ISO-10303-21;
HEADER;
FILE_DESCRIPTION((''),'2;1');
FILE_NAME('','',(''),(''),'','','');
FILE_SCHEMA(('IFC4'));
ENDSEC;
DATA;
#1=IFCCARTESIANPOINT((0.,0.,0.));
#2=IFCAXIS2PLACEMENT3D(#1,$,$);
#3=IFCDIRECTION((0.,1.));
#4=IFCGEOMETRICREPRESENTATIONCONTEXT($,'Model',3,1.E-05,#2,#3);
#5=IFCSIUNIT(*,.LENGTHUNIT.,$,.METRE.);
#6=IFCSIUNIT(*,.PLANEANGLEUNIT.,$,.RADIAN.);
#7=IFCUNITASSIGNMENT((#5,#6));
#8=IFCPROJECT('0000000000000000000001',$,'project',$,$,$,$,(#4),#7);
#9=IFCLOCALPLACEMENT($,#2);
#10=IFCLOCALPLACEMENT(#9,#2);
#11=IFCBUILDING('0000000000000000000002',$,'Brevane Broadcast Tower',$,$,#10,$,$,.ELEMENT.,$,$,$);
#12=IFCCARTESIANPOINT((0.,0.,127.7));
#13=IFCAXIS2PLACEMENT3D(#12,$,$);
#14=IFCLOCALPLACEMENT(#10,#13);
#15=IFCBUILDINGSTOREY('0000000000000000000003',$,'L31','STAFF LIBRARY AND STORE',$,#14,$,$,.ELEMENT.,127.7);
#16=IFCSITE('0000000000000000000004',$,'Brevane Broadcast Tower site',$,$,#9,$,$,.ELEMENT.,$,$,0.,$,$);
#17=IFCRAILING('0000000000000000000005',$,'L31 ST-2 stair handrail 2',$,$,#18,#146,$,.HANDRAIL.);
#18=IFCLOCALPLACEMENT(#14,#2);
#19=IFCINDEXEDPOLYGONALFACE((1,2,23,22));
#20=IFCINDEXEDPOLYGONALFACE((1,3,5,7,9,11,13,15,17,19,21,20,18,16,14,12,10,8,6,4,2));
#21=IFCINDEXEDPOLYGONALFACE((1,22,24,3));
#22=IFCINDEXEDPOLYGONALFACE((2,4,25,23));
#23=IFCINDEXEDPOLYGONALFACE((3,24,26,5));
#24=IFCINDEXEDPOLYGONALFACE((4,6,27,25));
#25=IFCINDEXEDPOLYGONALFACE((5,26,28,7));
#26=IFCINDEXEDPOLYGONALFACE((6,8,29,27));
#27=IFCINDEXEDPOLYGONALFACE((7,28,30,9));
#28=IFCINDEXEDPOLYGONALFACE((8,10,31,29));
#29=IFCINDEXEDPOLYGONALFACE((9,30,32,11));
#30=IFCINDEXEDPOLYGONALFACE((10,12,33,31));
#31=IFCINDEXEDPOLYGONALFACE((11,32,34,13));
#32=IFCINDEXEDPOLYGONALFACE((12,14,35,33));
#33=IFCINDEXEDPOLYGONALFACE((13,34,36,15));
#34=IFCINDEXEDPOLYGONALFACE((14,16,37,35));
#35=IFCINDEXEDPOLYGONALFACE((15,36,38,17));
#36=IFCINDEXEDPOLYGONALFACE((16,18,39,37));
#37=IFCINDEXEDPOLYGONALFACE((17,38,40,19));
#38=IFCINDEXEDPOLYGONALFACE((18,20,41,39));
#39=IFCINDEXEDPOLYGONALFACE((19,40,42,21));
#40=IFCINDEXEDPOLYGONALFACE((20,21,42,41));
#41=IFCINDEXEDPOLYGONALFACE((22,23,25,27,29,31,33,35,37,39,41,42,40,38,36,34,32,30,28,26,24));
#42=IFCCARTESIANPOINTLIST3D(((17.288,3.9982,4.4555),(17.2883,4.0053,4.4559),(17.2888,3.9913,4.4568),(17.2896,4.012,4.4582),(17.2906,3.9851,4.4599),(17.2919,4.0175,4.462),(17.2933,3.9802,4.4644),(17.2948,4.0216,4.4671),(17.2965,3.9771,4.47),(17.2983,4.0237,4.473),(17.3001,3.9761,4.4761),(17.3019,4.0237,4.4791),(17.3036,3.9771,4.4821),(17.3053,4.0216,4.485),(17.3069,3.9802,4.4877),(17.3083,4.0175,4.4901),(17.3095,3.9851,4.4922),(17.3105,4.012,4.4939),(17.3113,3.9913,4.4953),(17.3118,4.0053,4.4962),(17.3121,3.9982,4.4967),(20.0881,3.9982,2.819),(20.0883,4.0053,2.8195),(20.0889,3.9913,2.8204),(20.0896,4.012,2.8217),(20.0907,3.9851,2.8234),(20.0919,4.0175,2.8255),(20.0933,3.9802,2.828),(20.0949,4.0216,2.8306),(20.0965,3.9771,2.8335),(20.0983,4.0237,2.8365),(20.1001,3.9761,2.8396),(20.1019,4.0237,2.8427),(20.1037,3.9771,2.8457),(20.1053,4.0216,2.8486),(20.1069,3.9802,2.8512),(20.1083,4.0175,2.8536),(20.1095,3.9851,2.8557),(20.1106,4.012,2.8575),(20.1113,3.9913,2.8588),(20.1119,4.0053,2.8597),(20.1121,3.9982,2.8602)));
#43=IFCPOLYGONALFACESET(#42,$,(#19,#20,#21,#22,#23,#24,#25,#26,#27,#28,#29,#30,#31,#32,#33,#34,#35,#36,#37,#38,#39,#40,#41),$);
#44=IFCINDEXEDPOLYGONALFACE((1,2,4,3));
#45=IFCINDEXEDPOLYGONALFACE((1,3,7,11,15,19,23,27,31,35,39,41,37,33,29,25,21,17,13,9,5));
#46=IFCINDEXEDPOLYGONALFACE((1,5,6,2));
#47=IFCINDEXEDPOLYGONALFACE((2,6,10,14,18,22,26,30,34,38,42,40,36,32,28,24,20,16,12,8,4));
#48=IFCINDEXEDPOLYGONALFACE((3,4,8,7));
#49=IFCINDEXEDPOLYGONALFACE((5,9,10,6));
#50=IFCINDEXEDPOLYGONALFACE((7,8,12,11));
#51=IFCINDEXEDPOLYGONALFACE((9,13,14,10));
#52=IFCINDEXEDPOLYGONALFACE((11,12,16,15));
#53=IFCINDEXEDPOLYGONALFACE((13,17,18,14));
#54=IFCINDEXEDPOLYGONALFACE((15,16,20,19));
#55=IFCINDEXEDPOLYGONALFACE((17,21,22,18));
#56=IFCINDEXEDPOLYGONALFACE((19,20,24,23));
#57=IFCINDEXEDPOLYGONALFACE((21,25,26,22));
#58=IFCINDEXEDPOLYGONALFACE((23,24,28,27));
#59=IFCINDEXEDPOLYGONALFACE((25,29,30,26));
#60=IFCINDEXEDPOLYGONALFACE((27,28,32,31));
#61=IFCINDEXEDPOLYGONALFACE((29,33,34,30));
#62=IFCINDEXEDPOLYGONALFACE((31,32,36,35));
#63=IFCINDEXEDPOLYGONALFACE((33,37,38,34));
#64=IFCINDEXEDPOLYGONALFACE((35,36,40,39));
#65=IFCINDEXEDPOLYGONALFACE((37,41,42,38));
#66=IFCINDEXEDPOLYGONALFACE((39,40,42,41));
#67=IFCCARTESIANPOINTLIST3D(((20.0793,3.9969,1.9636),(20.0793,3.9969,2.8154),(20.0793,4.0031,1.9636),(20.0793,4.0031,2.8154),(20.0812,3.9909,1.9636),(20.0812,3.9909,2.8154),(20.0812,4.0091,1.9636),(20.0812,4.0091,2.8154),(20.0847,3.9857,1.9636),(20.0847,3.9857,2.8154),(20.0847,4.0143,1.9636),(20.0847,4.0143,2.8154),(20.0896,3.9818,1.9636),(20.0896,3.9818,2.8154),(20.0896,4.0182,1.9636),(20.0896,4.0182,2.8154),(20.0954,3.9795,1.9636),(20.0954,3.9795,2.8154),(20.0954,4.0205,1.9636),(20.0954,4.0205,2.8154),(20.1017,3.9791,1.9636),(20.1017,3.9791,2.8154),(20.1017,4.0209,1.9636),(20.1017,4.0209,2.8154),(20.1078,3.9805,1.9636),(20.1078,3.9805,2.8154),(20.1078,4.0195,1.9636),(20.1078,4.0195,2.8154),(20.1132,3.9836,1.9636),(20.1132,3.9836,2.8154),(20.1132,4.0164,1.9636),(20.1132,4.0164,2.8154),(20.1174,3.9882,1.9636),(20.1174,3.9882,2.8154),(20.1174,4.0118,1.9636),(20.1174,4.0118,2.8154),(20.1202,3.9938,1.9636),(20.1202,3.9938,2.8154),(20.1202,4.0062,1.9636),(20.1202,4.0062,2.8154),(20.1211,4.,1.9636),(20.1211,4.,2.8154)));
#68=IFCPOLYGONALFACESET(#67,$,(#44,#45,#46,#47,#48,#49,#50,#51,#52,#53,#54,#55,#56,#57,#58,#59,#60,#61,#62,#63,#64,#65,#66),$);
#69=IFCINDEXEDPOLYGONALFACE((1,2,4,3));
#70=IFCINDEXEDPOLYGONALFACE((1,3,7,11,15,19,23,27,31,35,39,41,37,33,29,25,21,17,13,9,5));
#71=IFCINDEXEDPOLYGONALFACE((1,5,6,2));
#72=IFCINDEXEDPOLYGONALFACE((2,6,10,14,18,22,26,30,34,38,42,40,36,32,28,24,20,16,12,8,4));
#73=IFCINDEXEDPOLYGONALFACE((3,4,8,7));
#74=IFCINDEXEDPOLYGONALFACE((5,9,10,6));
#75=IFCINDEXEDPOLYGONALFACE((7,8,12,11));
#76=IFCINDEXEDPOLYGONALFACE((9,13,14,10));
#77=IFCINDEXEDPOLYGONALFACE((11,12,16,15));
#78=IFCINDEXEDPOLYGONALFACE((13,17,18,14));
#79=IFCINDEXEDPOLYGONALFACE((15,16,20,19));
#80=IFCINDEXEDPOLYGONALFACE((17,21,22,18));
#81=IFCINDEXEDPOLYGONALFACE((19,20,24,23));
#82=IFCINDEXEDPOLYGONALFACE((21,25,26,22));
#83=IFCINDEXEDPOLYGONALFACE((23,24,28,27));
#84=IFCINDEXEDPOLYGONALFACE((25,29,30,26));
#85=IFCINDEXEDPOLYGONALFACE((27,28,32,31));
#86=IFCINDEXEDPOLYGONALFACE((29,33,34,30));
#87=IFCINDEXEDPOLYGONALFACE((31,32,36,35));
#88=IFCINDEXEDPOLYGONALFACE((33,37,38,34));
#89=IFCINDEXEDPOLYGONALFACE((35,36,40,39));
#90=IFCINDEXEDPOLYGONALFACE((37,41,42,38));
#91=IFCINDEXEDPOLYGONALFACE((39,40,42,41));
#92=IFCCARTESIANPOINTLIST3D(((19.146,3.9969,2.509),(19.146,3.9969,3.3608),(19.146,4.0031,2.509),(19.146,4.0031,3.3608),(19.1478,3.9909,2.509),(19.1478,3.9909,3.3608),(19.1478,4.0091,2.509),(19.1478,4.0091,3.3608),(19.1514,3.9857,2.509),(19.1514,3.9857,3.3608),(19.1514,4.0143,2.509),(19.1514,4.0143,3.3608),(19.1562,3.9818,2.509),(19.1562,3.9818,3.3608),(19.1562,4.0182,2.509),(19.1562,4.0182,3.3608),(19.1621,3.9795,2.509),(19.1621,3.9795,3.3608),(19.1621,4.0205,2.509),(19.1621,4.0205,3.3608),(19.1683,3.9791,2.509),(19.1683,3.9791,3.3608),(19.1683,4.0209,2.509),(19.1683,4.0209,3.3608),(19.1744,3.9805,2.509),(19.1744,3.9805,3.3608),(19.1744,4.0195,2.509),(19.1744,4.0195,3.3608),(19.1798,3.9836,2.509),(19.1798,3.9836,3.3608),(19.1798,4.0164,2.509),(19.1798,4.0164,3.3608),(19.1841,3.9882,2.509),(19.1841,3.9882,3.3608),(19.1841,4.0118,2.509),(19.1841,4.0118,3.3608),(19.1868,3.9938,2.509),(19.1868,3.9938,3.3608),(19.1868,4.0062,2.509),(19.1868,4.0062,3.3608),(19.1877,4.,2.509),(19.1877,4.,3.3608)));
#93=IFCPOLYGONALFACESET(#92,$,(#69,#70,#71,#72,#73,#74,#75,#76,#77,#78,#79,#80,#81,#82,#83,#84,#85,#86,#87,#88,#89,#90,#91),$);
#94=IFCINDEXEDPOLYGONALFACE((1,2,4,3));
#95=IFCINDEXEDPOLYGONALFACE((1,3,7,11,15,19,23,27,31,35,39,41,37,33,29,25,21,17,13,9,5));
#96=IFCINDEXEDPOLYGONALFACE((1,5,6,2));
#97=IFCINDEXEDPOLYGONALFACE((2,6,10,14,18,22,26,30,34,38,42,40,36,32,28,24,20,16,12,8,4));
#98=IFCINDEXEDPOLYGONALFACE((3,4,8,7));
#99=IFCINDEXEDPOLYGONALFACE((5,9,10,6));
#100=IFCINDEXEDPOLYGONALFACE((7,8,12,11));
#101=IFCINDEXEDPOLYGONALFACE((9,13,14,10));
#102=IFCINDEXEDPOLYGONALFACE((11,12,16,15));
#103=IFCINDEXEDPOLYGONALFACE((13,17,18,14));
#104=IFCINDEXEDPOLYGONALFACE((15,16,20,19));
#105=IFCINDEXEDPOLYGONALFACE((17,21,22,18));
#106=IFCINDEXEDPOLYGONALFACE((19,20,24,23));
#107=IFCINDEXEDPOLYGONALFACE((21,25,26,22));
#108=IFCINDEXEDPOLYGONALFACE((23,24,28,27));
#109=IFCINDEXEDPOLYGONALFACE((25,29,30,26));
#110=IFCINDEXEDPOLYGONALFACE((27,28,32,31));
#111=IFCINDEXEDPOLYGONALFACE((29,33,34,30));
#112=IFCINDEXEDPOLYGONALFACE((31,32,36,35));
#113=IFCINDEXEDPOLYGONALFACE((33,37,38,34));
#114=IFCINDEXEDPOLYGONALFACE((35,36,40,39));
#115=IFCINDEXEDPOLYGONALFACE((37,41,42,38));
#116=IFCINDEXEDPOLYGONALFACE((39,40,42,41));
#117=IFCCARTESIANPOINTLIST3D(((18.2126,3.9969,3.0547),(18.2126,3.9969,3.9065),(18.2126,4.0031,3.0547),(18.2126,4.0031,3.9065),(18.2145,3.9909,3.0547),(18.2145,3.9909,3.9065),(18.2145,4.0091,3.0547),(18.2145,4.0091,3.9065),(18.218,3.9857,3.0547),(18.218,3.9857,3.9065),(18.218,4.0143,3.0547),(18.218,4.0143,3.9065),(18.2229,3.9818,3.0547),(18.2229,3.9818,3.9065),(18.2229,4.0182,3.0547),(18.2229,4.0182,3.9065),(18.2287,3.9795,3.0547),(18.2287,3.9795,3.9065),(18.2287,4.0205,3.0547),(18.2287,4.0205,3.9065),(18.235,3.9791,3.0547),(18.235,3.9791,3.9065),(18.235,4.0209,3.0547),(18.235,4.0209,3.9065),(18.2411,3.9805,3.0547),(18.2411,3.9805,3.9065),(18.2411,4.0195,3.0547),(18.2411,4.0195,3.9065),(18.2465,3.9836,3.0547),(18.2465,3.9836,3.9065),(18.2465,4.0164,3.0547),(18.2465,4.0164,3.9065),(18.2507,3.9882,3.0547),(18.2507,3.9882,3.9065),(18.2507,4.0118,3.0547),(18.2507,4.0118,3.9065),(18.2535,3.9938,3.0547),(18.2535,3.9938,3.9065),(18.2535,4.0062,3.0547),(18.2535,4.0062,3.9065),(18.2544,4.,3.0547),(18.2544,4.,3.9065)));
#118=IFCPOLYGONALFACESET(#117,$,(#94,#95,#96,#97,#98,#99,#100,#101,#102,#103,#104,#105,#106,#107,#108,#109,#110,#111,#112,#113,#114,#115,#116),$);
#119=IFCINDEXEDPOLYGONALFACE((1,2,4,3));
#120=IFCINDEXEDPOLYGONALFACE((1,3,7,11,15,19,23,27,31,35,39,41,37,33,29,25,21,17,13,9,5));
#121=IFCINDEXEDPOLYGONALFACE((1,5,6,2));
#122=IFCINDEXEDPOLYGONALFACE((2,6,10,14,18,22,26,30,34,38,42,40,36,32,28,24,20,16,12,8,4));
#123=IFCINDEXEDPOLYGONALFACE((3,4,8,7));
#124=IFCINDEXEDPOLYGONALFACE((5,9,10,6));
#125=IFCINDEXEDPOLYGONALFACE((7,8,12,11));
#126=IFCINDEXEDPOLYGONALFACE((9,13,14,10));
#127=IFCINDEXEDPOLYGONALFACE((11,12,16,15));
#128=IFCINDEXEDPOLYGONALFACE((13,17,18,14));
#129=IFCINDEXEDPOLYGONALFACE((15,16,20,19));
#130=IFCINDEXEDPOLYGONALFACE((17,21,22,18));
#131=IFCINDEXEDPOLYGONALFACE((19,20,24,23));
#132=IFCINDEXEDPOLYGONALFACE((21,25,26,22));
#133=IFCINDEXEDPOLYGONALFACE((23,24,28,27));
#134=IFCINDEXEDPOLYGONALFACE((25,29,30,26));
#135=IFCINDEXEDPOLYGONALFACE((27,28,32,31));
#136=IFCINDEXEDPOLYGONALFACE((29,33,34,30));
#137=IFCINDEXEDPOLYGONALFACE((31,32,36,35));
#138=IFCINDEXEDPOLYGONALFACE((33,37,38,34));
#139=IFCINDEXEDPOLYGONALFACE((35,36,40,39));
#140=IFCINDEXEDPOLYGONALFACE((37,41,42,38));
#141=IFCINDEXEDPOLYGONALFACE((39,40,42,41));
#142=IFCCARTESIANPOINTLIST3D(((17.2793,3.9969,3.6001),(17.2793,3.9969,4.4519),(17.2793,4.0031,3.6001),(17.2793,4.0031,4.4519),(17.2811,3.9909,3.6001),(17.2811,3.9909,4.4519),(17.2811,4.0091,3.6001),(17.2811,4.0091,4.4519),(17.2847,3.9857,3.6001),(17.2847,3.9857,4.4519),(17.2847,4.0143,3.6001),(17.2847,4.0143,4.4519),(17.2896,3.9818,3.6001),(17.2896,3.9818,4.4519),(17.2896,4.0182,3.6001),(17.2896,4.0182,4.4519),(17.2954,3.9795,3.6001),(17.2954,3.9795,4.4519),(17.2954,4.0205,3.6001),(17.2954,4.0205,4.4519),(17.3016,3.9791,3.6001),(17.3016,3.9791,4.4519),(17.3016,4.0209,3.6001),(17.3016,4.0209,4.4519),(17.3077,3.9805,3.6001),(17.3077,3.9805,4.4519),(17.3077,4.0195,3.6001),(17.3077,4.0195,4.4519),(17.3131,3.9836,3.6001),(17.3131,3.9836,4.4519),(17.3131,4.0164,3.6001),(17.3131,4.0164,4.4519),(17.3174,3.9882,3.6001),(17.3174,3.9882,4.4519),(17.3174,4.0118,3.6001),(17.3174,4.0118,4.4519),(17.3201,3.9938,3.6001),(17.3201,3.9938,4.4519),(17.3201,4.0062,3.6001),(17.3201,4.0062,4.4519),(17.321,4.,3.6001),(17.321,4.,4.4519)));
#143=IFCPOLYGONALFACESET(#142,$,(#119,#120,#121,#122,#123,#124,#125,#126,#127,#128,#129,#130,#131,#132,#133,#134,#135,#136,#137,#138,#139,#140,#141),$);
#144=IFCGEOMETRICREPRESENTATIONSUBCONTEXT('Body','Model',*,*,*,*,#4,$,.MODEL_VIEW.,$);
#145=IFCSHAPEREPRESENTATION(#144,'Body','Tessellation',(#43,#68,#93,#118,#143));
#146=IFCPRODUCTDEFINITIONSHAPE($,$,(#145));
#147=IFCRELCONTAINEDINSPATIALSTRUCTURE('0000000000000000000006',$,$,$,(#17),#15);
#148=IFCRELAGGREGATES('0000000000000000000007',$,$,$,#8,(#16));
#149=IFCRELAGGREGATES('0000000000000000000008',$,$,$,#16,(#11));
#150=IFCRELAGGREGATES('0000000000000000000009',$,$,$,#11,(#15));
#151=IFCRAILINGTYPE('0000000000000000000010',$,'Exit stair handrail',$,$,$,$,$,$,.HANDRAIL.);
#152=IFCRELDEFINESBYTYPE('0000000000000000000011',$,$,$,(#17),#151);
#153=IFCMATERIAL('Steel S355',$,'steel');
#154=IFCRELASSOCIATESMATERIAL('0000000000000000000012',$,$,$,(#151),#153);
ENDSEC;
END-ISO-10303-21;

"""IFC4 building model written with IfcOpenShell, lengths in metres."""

from ifc_helpers import new_model, si_unit, direction, frame, origin, origin_2d, place, context, subcontext, project, spatial, circle, extrude, material, type_object, element, save


model = new_model("IFC4")

# Units and contexts
model_context = context("Model", 3, precision=1e-05, world=origin(), true_north=direction((0.0, 1.0)))
body_context = subcontext(model_context, "Body", "Model", "MODEL_VIEW")
ifc_project = project(units=[si_unit("LENGTHUNIT", "METRE"), si_unit("PLANEANGLEUNIT", "RADIAN")], contexts=[model_context])

# Site, building, storey
site_placement = place(None, origin())
site = spatial("IfcSite", under=ifc_project, at=site_placement, Name="Brevane Broadcast Tower site", CompositionType="ELEMENT", RefElevation=0.0)
building_placement = place(site_placement, origin())
building = spatial("IfcBuilding", under=site, at=building_placement, Name="Brevane Broadcast Tower", CompositionType="ELEMENT")
storey_placement = place(building_placement, frame((0.0, 0.0, 127.7)))
storey = spatial("IfcBuildingStorey", under=building, at=storey_placement, Name="L31", Description="STAFF LIBRARY AND STORE", CompositionType="ELEMENT", Elevation=127.7)

# Railing
ifc_material_1 = material(Name="Steel S355", Category="steel")
railing_type_1 = type_object("IfcRailingType", Name="Exit stair handrail", PredefinedType="HANDRAIL", material=ifc_material_1)
railing_1_placement = place(storey_placement, frame((20.1001, 4.0, 1.9636)))
element("IfcRailing", 1, at=railing_1_placement, inside=storey, type_object=railing_type_1, Name="L31 ST-2 stair handrail 2", PredefinedType="HANDRAIL", context=body_context, shape_type="SweptSolid", body=[
    extrude(circle(Radius=0.0239, at=origin_2d()), frame((0.0, 0.0, 0.876), z_axis=(-0.863361, 0.0, 0.504587), x_axis=(0.0, -1.0, 0.0)), (0.0, 0.0, 1.0), 3.2432),
    extrude(circle(Radius=0.021, at=origin_2d()), origin(), (0.0, 0.0, 1.0), 0.8518),
    extrude(circle(Radius=0.021, at=origin_2d()), frame((-0.9333, 0.0, 0.5454)), (0.0, 0.0, 1.0), 0.8518),
    extrude(circle(Radius=0.021, at=origin_2d()), frame((-1.8667, 0.0, 1.0911)), (0.0, 0.0, 1.0), 0.8518),
    extrude(circle(Radius=0.021, at=origin_2d()), frame((-2.8, 0.0, 1.6365)), (0.0, 0.0, 1.0), 0.8518),
])

save(model, "model.ifc")
